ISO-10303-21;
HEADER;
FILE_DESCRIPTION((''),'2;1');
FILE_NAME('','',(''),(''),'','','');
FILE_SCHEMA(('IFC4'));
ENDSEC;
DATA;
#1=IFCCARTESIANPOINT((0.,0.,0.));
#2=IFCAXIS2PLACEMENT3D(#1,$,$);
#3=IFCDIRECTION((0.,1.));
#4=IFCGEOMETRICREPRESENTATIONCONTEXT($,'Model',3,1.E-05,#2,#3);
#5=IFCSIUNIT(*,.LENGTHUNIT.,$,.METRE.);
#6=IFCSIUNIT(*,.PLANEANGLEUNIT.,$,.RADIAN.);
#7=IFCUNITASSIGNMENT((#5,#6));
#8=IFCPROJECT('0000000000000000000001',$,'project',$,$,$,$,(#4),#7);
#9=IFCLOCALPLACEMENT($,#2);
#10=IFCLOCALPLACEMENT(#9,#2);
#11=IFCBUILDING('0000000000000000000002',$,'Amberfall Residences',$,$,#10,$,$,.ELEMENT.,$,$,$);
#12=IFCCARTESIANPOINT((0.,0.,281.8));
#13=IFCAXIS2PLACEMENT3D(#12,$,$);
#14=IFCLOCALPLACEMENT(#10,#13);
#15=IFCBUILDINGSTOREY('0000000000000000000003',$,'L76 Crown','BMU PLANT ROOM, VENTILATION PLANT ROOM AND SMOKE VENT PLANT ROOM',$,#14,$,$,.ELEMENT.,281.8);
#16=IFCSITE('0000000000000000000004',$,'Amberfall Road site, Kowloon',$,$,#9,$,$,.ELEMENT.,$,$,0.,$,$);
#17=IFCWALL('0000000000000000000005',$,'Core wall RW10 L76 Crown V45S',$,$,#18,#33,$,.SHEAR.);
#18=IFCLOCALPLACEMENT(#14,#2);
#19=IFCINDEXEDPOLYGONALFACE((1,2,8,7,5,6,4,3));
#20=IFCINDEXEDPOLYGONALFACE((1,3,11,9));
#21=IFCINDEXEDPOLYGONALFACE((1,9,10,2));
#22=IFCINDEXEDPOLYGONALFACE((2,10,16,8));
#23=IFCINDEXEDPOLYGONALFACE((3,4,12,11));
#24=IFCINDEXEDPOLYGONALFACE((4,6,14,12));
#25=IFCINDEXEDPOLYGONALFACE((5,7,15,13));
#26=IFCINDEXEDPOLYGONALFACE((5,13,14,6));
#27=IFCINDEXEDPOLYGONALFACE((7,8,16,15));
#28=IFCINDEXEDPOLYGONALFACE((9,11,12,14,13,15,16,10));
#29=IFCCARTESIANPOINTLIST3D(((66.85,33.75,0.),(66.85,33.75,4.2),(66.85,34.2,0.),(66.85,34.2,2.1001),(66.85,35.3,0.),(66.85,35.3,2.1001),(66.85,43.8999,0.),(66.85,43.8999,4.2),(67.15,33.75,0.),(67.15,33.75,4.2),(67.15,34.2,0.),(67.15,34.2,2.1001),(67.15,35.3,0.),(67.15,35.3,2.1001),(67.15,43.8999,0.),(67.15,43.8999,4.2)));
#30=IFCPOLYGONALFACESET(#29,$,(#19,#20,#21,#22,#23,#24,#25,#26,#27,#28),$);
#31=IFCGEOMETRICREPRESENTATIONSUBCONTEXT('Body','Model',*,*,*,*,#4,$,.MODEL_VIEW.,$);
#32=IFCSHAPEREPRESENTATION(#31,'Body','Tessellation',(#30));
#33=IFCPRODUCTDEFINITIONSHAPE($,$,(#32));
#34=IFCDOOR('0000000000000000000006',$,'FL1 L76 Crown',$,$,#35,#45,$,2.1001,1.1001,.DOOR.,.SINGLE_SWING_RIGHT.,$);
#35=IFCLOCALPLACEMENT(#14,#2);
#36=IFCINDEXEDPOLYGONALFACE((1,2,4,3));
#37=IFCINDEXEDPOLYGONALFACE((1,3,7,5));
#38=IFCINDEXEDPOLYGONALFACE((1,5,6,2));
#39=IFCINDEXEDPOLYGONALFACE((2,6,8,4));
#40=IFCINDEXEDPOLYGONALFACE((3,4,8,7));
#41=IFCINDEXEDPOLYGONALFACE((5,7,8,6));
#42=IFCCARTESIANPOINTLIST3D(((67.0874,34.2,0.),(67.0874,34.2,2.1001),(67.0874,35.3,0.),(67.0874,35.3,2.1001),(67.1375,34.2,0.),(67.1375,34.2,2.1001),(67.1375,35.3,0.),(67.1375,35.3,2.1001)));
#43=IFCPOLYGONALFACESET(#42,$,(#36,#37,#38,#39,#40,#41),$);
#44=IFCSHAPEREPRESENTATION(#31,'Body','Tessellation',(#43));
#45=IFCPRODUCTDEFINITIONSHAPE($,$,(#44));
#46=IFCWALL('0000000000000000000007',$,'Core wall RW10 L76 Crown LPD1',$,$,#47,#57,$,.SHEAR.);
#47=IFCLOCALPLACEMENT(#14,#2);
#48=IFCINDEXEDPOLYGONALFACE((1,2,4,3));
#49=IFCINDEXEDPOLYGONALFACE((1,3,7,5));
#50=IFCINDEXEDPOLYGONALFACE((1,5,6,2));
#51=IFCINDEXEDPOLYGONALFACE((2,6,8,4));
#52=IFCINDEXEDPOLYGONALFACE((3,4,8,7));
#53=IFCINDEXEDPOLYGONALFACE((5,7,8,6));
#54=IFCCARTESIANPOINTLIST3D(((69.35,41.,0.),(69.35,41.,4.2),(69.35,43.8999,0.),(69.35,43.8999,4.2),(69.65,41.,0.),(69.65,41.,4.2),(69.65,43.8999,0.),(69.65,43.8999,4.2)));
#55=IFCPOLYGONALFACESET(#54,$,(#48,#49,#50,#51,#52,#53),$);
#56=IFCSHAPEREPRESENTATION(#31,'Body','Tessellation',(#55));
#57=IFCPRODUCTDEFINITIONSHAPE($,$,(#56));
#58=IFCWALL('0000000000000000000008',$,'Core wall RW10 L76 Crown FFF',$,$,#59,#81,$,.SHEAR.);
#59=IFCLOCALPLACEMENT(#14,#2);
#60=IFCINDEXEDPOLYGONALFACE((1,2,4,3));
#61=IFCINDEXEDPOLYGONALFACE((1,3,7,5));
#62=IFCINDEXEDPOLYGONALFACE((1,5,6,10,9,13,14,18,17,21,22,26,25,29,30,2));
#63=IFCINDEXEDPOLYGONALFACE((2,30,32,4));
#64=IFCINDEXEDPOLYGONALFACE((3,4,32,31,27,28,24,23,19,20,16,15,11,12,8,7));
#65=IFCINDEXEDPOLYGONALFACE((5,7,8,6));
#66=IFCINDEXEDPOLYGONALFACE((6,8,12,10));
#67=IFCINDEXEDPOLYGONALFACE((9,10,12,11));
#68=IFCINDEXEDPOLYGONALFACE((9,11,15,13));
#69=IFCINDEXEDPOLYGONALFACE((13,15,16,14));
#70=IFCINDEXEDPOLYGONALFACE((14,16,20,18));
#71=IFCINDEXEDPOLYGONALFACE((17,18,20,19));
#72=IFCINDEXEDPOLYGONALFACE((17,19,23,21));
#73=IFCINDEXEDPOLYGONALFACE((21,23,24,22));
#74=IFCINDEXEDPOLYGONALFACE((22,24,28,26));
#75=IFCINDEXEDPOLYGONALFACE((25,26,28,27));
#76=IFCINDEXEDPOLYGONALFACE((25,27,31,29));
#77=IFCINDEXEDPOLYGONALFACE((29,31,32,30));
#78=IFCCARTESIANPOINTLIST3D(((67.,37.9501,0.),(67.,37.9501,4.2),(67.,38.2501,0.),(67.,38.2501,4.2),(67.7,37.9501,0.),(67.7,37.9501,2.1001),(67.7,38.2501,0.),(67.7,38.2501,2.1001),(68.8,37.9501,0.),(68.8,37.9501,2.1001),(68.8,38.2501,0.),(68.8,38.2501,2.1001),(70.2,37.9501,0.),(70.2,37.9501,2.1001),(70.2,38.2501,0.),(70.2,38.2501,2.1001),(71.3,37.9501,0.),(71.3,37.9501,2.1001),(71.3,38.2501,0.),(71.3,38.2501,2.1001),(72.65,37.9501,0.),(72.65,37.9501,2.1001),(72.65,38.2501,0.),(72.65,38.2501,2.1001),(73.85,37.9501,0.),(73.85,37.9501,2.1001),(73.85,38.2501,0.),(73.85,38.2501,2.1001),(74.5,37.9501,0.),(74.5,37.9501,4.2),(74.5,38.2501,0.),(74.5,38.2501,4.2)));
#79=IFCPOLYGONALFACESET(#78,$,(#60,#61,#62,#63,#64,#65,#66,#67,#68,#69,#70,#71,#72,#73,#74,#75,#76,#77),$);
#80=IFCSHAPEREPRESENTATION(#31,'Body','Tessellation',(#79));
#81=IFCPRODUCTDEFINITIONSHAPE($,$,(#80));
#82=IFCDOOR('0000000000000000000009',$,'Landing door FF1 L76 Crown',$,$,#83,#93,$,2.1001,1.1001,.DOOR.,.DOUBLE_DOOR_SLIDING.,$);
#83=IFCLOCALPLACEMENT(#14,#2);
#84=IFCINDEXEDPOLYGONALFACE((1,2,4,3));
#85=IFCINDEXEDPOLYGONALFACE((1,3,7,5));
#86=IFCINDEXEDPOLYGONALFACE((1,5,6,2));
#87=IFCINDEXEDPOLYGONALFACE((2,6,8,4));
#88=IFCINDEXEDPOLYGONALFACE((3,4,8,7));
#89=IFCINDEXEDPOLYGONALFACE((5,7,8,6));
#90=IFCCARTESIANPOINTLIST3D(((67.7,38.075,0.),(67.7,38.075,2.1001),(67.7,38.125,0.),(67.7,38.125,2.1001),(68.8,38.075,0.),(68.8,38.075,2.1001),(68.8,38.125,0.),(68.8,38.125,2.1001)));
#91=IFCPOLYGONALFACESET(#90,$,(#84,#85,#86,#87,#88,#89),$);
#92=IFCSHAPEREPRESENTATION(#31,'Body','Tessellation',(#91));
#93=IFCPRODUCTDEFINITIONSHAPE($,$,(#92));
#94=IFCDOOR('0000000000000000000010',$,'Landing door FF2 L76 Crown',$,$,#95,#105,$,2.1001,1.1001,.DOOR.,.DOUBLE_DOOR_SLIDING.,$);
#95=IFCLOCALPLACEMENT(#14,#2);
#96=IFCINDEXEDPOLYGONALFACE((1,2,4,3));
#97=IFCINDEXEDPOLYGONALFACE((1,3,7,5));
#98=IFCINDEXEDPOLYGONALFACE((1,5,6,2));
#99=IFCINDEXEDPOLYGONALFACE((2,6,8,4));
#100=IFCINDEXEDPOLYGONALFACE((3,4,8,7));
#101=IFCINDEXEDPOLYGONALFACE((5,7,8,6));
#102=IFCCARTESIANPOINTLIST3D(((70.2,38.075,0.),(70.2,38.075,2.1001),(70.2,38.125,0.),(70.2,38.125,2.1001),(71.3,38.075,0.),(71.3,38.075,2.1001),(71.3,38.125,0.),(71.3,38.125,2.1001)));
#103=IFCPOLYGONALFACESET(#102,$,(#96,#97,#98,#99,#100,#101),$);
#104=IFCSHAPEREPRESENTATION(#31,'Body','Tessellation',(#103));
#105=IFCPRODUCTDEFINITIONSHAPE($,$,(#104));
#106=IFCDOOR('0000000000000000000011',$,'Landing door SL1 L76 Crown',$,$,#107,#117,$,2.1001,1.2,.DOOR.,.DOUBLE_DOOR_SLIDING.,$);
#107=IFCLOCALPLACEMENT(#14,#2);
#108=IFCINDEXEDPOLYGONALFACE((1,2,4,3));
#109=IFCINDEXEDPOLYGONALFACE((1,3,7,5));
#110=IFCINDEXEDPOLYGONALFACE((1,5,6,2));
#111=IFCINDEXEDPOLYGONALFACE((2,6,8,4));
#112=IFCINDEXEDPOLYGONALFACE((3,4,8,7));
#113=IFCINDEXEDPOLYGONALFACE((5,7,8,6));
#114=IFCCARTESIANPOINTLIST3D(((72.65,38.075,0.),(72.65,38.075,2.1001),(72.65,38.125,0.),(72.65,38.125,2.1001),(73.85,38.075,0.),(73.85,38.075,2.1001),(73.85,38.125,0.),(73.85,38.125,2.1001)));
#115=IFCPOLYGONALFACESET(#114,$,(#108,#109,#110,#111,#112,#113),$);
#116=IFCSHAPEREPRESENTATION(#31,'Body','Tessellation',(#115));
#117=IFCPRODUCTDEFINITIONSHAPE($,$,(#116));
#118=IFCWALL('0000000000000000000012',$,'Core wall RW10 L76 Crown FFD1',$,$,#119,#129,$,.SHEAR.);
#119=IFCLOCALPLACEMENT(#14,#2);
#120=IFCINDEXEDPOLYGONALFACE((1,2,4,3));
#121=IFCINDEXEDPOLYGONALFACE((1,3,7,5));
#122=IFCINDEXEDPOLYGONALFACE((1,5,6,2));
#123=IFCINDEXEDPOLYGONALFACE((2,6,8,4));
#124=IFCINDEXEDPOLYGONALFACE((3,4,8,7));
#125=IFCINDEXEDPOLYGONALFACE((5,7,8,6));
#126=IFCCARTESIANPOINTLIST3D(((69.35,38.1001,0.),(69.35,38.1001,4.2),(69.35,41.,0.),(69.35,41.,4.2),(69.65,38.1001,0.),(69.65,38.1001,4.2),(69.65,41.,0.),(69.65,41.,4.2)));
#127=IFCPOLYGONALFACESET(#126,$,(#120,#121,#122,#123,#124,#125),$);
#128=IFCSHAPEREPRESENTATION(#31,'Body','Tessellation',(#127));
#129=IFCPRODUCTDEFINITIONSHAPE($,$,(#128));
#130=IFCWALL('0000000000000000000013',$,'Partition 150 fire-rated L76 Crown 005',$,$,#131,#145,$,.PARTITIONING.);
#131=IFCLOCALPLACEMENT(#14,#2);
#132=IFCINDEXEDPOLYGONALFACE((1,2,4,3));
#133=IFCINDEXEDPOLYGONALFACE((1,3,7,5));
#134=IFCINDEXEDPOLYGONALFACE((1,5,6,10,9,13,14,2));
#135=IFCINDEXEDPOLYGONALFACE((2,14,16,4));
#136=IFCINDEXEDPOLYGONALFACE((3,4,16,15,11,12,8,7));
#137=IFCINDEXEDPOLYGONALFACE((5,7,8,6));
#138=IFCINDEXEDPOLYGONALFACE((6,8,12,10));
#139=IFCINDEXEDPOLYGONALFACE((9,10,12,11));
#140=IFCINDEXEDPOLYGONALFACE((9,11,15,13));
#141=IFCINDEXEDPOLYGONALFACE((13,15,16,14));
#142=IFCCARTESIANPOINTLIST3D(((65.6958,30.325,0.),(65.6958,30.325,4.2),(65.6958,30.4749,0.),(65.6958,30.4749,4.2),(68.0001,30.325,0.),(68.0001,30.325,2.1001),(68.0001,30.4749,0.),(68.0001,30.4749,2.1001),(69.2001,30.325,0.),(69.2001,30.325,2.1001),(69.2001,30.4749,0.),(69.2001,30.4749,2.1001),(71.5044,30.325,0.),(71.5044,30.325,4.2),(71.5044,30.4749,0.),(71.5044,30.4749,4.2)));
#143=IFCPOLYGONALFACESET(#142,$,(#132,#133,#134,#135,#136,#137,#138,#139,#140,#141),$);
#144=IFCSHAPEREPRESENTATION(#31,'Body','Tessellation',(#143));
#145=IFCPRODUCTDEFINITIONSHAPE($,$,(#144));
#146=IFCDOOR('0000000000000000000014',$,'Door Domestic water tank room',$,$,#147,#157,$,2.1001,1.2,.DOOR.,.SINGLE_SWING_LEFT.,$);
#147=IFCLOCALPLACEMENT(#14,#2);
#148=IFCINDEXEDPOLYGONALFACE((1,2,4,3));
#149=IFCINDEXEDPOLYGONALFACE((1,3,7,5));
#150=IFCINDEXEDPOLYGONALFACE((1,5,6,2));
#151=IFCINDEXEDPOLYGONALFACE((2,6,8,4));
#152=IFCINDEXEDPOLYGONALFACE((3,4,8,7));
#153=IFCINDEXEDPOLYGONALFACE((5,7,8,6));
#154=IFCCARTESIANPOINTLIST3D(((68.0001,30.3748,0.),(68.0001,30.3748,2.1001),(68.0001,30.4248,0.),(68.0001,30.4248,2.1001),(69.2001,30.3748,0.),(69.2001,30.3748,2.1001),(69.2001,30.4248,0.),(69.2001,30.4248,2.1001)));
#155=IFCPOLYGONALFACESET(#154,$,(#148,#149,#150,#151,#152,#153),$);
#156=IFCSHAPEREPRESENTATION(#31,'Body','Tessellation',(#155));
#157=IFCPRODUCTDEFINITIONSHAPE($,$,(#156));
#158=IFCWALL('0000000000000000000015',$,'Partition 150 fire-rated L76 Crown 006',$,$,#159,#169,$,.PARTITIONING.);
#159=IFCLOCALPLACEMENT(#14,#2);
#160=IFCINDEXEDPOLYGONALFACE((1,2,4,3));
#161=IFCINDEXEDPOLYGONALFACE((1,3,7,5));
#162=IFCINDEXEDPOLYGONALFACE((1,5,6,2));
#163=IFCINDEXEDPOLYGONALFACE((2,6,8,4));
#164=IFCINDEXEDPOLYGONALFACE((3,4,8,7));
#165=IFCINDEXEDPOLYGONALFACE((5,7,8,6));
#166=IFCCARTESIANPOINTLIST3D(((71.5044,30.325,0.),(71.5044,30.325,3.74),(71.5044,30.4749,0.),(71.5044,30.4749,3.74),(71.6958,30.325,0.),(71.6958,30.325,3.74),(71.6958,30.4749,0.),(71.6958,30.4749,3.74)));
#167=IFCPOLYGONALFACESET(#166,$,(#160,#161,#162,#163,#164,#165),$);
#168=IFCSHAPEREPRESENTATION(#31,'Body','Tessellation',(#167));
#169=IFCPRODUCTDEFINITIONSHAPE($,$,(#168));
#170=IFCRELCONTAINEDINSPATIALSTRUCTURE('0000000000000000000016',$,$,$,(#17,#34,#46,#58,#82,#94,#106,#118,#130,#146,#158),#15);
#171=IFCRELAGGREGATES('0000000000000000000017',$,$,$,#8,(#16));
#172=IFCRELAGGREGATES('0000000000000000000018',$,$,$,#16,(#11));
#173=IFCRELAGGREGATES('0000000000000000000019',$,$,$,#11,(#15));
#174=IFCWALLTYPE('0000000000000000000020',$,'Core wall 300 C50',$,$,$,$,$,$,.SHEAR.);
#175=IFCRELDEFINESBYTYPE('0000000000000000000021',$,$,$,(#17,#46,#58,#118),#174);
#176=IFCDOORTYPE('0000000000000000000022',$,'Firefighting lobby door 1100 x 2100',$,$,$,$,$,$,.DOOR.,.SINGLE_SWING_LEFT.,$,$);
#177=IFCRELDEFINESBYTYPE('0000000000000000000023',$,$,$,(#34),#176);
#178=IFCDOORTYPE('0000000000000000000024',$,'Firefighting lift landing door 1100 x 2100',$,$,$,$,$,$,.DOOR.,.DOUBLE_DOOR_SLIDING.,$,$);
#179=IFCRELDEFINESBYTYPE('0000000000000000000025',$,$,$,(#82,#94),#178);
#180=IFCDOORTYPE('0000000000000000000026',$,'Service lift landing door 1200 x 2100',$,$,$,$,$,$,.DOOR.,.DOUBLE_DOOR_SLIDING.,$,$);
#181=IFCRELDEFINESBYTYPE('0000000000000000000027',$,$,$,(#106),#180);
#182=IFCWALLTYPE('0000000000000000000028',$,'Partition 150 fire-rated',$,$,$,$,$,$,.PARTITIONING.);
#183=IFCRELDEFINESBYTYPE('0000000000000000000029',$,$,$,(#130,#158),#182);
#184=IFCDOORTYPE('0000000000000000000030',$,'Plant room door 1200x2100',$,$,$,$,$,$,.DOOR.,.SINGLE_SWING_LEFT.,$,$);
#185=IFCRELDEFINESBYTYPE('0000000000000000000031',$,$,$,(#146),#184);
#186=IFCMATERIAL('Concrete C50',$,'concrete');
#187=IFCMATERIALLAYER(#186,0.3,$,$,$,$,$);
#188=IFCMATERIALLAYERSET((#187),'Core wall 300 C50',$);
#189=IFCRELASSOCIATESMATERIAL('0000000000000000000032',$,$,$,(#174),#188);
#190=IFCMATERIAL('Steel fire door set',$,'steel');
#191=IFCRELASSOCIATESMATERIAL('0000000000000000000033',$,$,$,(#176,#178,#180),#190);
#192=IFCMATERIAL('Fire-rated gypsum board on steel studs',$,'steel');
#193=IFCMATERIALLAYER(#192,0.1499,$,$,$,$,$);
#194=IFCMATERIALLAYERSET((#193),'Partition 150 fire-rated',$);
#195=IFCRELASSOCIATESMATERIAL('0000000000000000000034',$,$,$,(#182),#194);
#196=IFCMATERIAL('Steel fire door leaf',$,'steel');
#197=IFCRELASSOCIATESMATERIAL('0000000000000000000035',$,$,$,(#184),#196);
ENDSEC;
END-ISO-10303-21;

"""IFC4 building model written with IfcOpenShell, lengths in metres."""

from ifc_helpers import new_model, si_unit, direction, frame, frame_2d, origin, place, context, subcontext, project, spatial, rectangle, extrude, material, layer, layer_set, type_object, element, fill, save


model = new_model("IFC4")

# Units and contexts
model_context = context("Model", 3, precision=1e-05, world=origin(), true_north=direction((0.0, 1.0)))
body_context = subcontext(model_context, "Body", "Model", "MODEL_VIEW")
ifc_project = project(units=[si_unit("LENGTHUNIT", "METRE"), si_unit("PLANEANGLEUNIT", "RADIAN")], contexts=[model_context])

# Site, building, storey
site_placement = place(None, origin())
site = spatial("IfcSite", under=ifc_project, at=site_placement, Name="Amberfall Road site, Kowloon", CompositionType="ELEMENT", RefElevation=0.0)
building_placement = place(site_placement, origin())
building = spatial("IfcBuilding", under=site, at=building_placement, Name="Amberfall Residences", CompositionType="ELEMENT")
storey_placement = place(building_placement, frame((0.0, 0.0, 281.8)))
storey = spatial("IfcBuildingStorey", under=building, at=storey_placement, Name="L76 Crown", Description="BMU PLANT ROOM, VENTILATION PLANT ROOM AND SMOKE VENT PLANT ROOM", CompositionType="ELEMENT", Elevation=281.8)

# Wall, opening, door
ifc_material_1 = material(Name="Concrete C50", Category="concrete")
ifc_layer_1 = layer(ifc_material_1, 0.3)
ifc_layer_set_1 = layer_set([ifc_layer_1], Name="Core wall 300 C50")
wall_type_1 = type_object("IfcWallType", Name="Core wall 300 C50", PredefinedType="SHEAR", material=ifc_layer_set_1)
wall_1_placement = place(storey_placement, frame((67.0, 33.75, 0.0), z_axis=(0.0, 0.0, 1.0), x_axis=(0.0, 1.0, 0.0)))
wall_1 = element("IfcWall", 1, at=wall_1_placement, inside=storey, type_object=wall_type_1, Name="Core wall RW10 L76 Crown V45S", PredefinedType="SHEAR", context=body_context, shape_type="SweptSolid", body=[
    extrude(rectangle(XDim=10.1499, YDim=0.3, at=frame_2d((5.075, 0.0))), origin(), (0.0, 0.0, 1.0), 4.2),
])
opening_1_placement = place(wall_1_placement, frame((0.45, 0.0, 0.0)))
opening_1 = element("IfcOpeningElement", 2, at=opening_1_placement, cuts=wall_1, PredefinedType="OPENING", context=body_context, shape_type="SweptSolid", body=[
    extrude(rectangle(XDim=1.1001, YDim=2.1001, at=frame_2d((0.55, 1.05))), frame((0.0, 0.1599, 0.0), z_axis=(0.0, -1.0, 0.0), x_axis=(1.0, 0.0, 0.0)), (0.0, 0.0, 1.0), 0.3201),
])
ifc_material_2 = material(Name="Steel fire door set", Category="steel")
door_type_1 = type_object("IfcDoorType", Name="Firefighting lobby door 1100 x 2100", OperationType="SINGLE_SWING_LEFT", PredefinedType="DOOR", material=ifc_material_2)
door_1_placement = place(opening_1_placement, origin())
door_1 = element("IfcDoor", 3, at=door_1_placement, inside=storey, type_object=door_type_1, Name="FL1 L76 Crown", OperationType="SINGLE_SWING_RIGHT", OverallHeight=2.1001, OverallWidth=1.1001, PredefinedType="DOOR", context=body_context, shape_type="SweptSolid", body=[
    extrude(rectangle(XDim=1.1001, YDim=2.1001, at=frame_2d((0.55, 1.05))), frame((0.0, -0.0874, 0.0), z_axis=(0.0, -1.0, 0.0), x_axis=(1.0, 0.0, 0.0)), (0.0, 0.0, 1.0), 0.05),
])
fill(opening_1, door_1)

# Wall
wall_2_placement = place(storey_placement, frame((69.5, 41.0, 0.0), z_axis=(0.0, 0.0, 1.0), x_axis=(0.0, 1.0, 0.0)))
element("IfcWall", 4, at=wall_2_placement, inside=storey, type_object=wall_type_1, Name="Core wall RW10 L76 Crown LPD1", PredefinedType="SHEAR", context=body_context, shape_type="SweptSolid", body=[
    extrude(rectangle(XDim=2.8999, YDim=0.3, at=frame_2d((1.45, 0.0))), origin(), (0.0, 0.0, 1.0), 4.2),
])

# Wall, openings, doors
wall_3_placement = place(storey_placement, frame((67.0, 38.1001, 0.0), z_axis=(0.0, 0.0, 1.0), x_axis=(1.0, 0.0, 0.0)))
wall_3 = element("IfcWall", 5, at=wall_3_placement, inside=storey, type_object=wall_type_1, Name="Core wall RW10 L76 Crown FFF", PredefinedType="SHEAR", context=body_context, shape_type="SweptSolid", body=[
    extrude(rectangle(XDim=7.5, YDim=0.3, at=frame_2d((3.75, 0.0))), origin(), (0.0, 0.0, 1.0), 4.2),
])
opening_2_placement = place(wall_3_placement, frame((0.7, 0.0, 0.0)))
opening_2 = element("IfcOpeningElement", 6, at=opening_2_placement, cuts=wall_3, PredefinedType="OPENING", context=body_context, shape_type="SweptSolid", body=[
    extrude(rectangle(XDim=1.1001, YDim=2.1001, at=frame_2d((0.55, 1.05))), frame((0.0, 0.1599, 0.0), z_axis=(0.0, -1.0, 0.0), x_axis=(1.0, 0.0, 0.0)), (0.0, 0.0, 1.0), 0.3201),
])
opening_3_placement = place(wall_3_placement, frame((3.2, 0.0, 0.0)))
opening_3 = element("IfcOpeningElement", 7, at=opening_3_placement, cuts=wall_3, PredefinedType="OPENING", context=body_context, shape_type="SweptSolid", body=[
    extrude(rectangle(XDim=1.1001, YDim=2.1001, at=frame_2d((0.55, 1.05))), frame((0.0, 0.1599, 0.0), z_axis=(0.0, -1.0, 0.0), x_axis=(1.0, 0.0, 0.0)), (0.0, 0.0, 1.0), 0.3201),
])
opening_4_placement = place(wall_3_placement, frame((5.6499, 0.0, 0.0)))
opening_4 = element("IfcOpeningElement", 8, at=opening_4_placement, cuts=wall_3, PredefinedType="OPENING", context=body_context, shape_type="SweptSolid", body=[
    extrude(rectangle(XDim=1.2, YDim=2.1001, at=frame_2d((0.6001, 1.05))), frame((0.0, 0.1599, 0.0), z_axis=(0.0, -1.0, 0.0), x_axis=(1.0, 0.0, 0.0)), (0.0, 0.0, 1.0), 0.3201),
])
door_type_2 = type_object("IfcDoorType", Name="Firefighting lift landing door 1100 x 2100", OperationType="DOUBLE_DOOR_SLIDING", PredefinedType="DOOR", material=ifc_material_2)
door_2_placement = place(opening_2_placement, origin())
door_2 = element("IfcDoor", 9, at=door_2_placement, inside=storey, type_object=door_type_2, Name="Landing door FF1 L76 Crown", OperationType="DOUBLE_DOOR_SLIDING", OverallHeight=2.1001, OverallWidth=1.1001, PredefinedType="DOOR", context=body_context, shape_type="SweptSolid", body=[
    extrude(rectangle(XDim=1.1001, YDim=2.1001, at=frame_2d((0.55, 1.05))), frame((0.0, 0.0249, 0.0), z_axis=(0.0, -1.0, 0.0), x_axis=(1.0, 0.0, 0.0)), (0.0, 0.0, 1.0), 0.05),
])
fill(opening_2, door_2)
door_3_placement = place(opening_3_placement, origin())
door_3 = element("IfcDoor", 10, at=door_3_placement, inside=storey, type_object=door_type_2, Name="Landing door FF2 L76 Crown", OperationType="DOUBLE_DOOR_SLIDING", OverallHeight=2.1001, OverallWidth=1.1001, PredefinedType="DOOR", context=body_context, shape_type="SweptSolid", body=[
    extrude(rectangle(XDim=1.1001, YDim=2.1001, at=frame_2d((0.55, 1.05))), frame((0.0, 0.0249, 0.0), z_axis=(0.0, -1.0, 0.0), x_axis=(1.0, 0.0, 0.0)), (0.0, 0.0, 1.0), 0.05),
])
fill(opening_3, door_3)
door_type_3 = type_object("IfcDoorType", Name="Service lift landing door 1200 x 2100", OperationType="DOUBLE_DOOR_SLIDING", PredefinedType="DOOR", material=ifc_material_2)
door_4_placement = place(opening_4_placement, origin())
door_4 = element("IfcDoor", 11, at=door_4_placement, inside=storey, type_object=door_type_3, Name="Landing door SL1 L76 Crown", OperationType="DOUBLE_DOOR_SLIDING", OverallHeight=2.1001, OverallWidth=1.2, PredefinedType="DOOR", context=body_context, shape_type="SweptSolid", body=[
    extrude(rectangle(XDim=1.2, YDim=2.1001, at=frame_2d((0.6001, 1.05))), frame((0.0, 0.0249, 0.0), z_axis=(0.0, -1.0, 0.0), x_axis=(1.0, 0.0, 0.0)), (0.0, 0.0, 1.0), 0.05),
])
fill(opening_4, door_4)

# Wall
wall_4_placement = place(storey_placement, frame((69.5, 38.1001, 0.0), z_axis=(0.0, 0.0, 1.0), x_axis=(0.0, 1.0, 0.0)))
element("IfcWall", 12, at=wall_4_placement, inside=storey, type_object=wall_type_1, Name="Core wall RW10 L76 Crown FFD1", PredefinedType="SHEAR", context=body_context, shape_type="SweptSolid", body=[
    extrude(rectangle(XDim=2.8999, YDim=0.3, at=frame_2d((1.45, 0.0))), origin(), (0.0, 0.0, 1.0), 4.2),
])

# Wall, opening, door
ifc_material_3 = material(Name="Fire-rated gypsum board on steel studs", Category="steel")
ifc_layer_2 = layer(ifc_material_3, 0.1499)
ifc_layer_set_2 = layer_set([ifc_layer_2], Name="Partition 150 fire-rated")
wall_type_2 = type_object("IfcWallType", Name="Partition 150 fire-rated", PredefinedType="PARTITIONING", material=ifc_layer_set_2)
wall_5_placement = place(storey_placement, frame((65.6958, 30.3999, 0.0), z_axis=(0.0, 0.0, 1.0), x_axis=(1.0, 0.0, 0.0)))
wall_5 = element("IfcWall", 13, at=wall_5_placement, inside=storey, type_object=wall_type_2, Name="Partition 150 fire-rated L76 Crown 005", PredefinedType="PARTITIONING", context=body_context, shape_type="SweptSolid", body=[
    extrude(rectangle(XDim=5.8086, YDim=0.1499, at=frame_2d((2.9043, 0.0))), origin(), (0.0, 0.0, 1.0), 4.2),
])
opening_5_placement = place(wall_5_placement, frame((2.3042, 0.0, 0.0)))
opening_5 = element("IfcOpeningElement", 14, at=opening_5_placement, cuts=wall_5, PredefinedType="OPENING", context=body_context, shape_type="SweptSolid", body=[
    extrude(rectangle(XDim=1.2, YDim=2.1001, at=frame_2d((0.6001, 1.05))), frame((0.0, 0.085, 0.0), z_axis=(0.0, -1.0, 0.0), x_axis=(1.0, 0.0, 0.0)), (0.0, 0.0, 1.0), 0.1699),
])
ifc_material_4 = material(Name="Steel fire door leaf", Category="steel")
door_type_4 = type_object("IfcDoorType", Name="Plant room door 1200x2100", OperationType="SINGLE_SWING_LEFT", PredefinedType="DOOR", material=ifc_material_4)
door_5_placement = place(opening_5_placement, origin())
door_5 = element("IfcDoor", 15, at=door_5_placement, inside=storey, type_object=door_type_4, Name="Door Domestic water tank room", OperationType="SINGLE_SWING_LEFT", OverallHeight=2.1001, OverallWidth=1.2, PredefinedType="DOOR", context=body_context, shape_type="SweptSolid", body=[
    extrude(rectangle(XDim=1.2, YDim=2.1001, at=frame_2d((0.6001, 1.05))), frame((0.0, 0.0249, 0.0), z_axis=(0.0, -1.0, 0.0), x_axis=(1.0, 0.0, 0.0)), (0.0, 0.0, 1.0), 0.05),
])
fill(opening_5, door_5)

# Wall
wall_6_placement = place(storey_placement, frame((71.5044, 30.3999, 0.0), z_axis=(0.0, 0.0, 1.0), x_axis=(1.0, 0.0, 0.0)))
element("IfcWall", 16, at=wall_6_placement, inside=storey, type_object=wall_type_2, Name="Partition 150 fire-rated L76 Crown 006", PredefinedType="PARTITIONING", context=body_context, shape_type="SweptSolid", body=[
    extrude(rectangle(XDim=0.1914, YDim=0.1499, at=frame_2d((0.0957, 0.0))), origin(), (0.0, 0.0, 1.0), 3.74),
])

save(model, "model.ifc")
